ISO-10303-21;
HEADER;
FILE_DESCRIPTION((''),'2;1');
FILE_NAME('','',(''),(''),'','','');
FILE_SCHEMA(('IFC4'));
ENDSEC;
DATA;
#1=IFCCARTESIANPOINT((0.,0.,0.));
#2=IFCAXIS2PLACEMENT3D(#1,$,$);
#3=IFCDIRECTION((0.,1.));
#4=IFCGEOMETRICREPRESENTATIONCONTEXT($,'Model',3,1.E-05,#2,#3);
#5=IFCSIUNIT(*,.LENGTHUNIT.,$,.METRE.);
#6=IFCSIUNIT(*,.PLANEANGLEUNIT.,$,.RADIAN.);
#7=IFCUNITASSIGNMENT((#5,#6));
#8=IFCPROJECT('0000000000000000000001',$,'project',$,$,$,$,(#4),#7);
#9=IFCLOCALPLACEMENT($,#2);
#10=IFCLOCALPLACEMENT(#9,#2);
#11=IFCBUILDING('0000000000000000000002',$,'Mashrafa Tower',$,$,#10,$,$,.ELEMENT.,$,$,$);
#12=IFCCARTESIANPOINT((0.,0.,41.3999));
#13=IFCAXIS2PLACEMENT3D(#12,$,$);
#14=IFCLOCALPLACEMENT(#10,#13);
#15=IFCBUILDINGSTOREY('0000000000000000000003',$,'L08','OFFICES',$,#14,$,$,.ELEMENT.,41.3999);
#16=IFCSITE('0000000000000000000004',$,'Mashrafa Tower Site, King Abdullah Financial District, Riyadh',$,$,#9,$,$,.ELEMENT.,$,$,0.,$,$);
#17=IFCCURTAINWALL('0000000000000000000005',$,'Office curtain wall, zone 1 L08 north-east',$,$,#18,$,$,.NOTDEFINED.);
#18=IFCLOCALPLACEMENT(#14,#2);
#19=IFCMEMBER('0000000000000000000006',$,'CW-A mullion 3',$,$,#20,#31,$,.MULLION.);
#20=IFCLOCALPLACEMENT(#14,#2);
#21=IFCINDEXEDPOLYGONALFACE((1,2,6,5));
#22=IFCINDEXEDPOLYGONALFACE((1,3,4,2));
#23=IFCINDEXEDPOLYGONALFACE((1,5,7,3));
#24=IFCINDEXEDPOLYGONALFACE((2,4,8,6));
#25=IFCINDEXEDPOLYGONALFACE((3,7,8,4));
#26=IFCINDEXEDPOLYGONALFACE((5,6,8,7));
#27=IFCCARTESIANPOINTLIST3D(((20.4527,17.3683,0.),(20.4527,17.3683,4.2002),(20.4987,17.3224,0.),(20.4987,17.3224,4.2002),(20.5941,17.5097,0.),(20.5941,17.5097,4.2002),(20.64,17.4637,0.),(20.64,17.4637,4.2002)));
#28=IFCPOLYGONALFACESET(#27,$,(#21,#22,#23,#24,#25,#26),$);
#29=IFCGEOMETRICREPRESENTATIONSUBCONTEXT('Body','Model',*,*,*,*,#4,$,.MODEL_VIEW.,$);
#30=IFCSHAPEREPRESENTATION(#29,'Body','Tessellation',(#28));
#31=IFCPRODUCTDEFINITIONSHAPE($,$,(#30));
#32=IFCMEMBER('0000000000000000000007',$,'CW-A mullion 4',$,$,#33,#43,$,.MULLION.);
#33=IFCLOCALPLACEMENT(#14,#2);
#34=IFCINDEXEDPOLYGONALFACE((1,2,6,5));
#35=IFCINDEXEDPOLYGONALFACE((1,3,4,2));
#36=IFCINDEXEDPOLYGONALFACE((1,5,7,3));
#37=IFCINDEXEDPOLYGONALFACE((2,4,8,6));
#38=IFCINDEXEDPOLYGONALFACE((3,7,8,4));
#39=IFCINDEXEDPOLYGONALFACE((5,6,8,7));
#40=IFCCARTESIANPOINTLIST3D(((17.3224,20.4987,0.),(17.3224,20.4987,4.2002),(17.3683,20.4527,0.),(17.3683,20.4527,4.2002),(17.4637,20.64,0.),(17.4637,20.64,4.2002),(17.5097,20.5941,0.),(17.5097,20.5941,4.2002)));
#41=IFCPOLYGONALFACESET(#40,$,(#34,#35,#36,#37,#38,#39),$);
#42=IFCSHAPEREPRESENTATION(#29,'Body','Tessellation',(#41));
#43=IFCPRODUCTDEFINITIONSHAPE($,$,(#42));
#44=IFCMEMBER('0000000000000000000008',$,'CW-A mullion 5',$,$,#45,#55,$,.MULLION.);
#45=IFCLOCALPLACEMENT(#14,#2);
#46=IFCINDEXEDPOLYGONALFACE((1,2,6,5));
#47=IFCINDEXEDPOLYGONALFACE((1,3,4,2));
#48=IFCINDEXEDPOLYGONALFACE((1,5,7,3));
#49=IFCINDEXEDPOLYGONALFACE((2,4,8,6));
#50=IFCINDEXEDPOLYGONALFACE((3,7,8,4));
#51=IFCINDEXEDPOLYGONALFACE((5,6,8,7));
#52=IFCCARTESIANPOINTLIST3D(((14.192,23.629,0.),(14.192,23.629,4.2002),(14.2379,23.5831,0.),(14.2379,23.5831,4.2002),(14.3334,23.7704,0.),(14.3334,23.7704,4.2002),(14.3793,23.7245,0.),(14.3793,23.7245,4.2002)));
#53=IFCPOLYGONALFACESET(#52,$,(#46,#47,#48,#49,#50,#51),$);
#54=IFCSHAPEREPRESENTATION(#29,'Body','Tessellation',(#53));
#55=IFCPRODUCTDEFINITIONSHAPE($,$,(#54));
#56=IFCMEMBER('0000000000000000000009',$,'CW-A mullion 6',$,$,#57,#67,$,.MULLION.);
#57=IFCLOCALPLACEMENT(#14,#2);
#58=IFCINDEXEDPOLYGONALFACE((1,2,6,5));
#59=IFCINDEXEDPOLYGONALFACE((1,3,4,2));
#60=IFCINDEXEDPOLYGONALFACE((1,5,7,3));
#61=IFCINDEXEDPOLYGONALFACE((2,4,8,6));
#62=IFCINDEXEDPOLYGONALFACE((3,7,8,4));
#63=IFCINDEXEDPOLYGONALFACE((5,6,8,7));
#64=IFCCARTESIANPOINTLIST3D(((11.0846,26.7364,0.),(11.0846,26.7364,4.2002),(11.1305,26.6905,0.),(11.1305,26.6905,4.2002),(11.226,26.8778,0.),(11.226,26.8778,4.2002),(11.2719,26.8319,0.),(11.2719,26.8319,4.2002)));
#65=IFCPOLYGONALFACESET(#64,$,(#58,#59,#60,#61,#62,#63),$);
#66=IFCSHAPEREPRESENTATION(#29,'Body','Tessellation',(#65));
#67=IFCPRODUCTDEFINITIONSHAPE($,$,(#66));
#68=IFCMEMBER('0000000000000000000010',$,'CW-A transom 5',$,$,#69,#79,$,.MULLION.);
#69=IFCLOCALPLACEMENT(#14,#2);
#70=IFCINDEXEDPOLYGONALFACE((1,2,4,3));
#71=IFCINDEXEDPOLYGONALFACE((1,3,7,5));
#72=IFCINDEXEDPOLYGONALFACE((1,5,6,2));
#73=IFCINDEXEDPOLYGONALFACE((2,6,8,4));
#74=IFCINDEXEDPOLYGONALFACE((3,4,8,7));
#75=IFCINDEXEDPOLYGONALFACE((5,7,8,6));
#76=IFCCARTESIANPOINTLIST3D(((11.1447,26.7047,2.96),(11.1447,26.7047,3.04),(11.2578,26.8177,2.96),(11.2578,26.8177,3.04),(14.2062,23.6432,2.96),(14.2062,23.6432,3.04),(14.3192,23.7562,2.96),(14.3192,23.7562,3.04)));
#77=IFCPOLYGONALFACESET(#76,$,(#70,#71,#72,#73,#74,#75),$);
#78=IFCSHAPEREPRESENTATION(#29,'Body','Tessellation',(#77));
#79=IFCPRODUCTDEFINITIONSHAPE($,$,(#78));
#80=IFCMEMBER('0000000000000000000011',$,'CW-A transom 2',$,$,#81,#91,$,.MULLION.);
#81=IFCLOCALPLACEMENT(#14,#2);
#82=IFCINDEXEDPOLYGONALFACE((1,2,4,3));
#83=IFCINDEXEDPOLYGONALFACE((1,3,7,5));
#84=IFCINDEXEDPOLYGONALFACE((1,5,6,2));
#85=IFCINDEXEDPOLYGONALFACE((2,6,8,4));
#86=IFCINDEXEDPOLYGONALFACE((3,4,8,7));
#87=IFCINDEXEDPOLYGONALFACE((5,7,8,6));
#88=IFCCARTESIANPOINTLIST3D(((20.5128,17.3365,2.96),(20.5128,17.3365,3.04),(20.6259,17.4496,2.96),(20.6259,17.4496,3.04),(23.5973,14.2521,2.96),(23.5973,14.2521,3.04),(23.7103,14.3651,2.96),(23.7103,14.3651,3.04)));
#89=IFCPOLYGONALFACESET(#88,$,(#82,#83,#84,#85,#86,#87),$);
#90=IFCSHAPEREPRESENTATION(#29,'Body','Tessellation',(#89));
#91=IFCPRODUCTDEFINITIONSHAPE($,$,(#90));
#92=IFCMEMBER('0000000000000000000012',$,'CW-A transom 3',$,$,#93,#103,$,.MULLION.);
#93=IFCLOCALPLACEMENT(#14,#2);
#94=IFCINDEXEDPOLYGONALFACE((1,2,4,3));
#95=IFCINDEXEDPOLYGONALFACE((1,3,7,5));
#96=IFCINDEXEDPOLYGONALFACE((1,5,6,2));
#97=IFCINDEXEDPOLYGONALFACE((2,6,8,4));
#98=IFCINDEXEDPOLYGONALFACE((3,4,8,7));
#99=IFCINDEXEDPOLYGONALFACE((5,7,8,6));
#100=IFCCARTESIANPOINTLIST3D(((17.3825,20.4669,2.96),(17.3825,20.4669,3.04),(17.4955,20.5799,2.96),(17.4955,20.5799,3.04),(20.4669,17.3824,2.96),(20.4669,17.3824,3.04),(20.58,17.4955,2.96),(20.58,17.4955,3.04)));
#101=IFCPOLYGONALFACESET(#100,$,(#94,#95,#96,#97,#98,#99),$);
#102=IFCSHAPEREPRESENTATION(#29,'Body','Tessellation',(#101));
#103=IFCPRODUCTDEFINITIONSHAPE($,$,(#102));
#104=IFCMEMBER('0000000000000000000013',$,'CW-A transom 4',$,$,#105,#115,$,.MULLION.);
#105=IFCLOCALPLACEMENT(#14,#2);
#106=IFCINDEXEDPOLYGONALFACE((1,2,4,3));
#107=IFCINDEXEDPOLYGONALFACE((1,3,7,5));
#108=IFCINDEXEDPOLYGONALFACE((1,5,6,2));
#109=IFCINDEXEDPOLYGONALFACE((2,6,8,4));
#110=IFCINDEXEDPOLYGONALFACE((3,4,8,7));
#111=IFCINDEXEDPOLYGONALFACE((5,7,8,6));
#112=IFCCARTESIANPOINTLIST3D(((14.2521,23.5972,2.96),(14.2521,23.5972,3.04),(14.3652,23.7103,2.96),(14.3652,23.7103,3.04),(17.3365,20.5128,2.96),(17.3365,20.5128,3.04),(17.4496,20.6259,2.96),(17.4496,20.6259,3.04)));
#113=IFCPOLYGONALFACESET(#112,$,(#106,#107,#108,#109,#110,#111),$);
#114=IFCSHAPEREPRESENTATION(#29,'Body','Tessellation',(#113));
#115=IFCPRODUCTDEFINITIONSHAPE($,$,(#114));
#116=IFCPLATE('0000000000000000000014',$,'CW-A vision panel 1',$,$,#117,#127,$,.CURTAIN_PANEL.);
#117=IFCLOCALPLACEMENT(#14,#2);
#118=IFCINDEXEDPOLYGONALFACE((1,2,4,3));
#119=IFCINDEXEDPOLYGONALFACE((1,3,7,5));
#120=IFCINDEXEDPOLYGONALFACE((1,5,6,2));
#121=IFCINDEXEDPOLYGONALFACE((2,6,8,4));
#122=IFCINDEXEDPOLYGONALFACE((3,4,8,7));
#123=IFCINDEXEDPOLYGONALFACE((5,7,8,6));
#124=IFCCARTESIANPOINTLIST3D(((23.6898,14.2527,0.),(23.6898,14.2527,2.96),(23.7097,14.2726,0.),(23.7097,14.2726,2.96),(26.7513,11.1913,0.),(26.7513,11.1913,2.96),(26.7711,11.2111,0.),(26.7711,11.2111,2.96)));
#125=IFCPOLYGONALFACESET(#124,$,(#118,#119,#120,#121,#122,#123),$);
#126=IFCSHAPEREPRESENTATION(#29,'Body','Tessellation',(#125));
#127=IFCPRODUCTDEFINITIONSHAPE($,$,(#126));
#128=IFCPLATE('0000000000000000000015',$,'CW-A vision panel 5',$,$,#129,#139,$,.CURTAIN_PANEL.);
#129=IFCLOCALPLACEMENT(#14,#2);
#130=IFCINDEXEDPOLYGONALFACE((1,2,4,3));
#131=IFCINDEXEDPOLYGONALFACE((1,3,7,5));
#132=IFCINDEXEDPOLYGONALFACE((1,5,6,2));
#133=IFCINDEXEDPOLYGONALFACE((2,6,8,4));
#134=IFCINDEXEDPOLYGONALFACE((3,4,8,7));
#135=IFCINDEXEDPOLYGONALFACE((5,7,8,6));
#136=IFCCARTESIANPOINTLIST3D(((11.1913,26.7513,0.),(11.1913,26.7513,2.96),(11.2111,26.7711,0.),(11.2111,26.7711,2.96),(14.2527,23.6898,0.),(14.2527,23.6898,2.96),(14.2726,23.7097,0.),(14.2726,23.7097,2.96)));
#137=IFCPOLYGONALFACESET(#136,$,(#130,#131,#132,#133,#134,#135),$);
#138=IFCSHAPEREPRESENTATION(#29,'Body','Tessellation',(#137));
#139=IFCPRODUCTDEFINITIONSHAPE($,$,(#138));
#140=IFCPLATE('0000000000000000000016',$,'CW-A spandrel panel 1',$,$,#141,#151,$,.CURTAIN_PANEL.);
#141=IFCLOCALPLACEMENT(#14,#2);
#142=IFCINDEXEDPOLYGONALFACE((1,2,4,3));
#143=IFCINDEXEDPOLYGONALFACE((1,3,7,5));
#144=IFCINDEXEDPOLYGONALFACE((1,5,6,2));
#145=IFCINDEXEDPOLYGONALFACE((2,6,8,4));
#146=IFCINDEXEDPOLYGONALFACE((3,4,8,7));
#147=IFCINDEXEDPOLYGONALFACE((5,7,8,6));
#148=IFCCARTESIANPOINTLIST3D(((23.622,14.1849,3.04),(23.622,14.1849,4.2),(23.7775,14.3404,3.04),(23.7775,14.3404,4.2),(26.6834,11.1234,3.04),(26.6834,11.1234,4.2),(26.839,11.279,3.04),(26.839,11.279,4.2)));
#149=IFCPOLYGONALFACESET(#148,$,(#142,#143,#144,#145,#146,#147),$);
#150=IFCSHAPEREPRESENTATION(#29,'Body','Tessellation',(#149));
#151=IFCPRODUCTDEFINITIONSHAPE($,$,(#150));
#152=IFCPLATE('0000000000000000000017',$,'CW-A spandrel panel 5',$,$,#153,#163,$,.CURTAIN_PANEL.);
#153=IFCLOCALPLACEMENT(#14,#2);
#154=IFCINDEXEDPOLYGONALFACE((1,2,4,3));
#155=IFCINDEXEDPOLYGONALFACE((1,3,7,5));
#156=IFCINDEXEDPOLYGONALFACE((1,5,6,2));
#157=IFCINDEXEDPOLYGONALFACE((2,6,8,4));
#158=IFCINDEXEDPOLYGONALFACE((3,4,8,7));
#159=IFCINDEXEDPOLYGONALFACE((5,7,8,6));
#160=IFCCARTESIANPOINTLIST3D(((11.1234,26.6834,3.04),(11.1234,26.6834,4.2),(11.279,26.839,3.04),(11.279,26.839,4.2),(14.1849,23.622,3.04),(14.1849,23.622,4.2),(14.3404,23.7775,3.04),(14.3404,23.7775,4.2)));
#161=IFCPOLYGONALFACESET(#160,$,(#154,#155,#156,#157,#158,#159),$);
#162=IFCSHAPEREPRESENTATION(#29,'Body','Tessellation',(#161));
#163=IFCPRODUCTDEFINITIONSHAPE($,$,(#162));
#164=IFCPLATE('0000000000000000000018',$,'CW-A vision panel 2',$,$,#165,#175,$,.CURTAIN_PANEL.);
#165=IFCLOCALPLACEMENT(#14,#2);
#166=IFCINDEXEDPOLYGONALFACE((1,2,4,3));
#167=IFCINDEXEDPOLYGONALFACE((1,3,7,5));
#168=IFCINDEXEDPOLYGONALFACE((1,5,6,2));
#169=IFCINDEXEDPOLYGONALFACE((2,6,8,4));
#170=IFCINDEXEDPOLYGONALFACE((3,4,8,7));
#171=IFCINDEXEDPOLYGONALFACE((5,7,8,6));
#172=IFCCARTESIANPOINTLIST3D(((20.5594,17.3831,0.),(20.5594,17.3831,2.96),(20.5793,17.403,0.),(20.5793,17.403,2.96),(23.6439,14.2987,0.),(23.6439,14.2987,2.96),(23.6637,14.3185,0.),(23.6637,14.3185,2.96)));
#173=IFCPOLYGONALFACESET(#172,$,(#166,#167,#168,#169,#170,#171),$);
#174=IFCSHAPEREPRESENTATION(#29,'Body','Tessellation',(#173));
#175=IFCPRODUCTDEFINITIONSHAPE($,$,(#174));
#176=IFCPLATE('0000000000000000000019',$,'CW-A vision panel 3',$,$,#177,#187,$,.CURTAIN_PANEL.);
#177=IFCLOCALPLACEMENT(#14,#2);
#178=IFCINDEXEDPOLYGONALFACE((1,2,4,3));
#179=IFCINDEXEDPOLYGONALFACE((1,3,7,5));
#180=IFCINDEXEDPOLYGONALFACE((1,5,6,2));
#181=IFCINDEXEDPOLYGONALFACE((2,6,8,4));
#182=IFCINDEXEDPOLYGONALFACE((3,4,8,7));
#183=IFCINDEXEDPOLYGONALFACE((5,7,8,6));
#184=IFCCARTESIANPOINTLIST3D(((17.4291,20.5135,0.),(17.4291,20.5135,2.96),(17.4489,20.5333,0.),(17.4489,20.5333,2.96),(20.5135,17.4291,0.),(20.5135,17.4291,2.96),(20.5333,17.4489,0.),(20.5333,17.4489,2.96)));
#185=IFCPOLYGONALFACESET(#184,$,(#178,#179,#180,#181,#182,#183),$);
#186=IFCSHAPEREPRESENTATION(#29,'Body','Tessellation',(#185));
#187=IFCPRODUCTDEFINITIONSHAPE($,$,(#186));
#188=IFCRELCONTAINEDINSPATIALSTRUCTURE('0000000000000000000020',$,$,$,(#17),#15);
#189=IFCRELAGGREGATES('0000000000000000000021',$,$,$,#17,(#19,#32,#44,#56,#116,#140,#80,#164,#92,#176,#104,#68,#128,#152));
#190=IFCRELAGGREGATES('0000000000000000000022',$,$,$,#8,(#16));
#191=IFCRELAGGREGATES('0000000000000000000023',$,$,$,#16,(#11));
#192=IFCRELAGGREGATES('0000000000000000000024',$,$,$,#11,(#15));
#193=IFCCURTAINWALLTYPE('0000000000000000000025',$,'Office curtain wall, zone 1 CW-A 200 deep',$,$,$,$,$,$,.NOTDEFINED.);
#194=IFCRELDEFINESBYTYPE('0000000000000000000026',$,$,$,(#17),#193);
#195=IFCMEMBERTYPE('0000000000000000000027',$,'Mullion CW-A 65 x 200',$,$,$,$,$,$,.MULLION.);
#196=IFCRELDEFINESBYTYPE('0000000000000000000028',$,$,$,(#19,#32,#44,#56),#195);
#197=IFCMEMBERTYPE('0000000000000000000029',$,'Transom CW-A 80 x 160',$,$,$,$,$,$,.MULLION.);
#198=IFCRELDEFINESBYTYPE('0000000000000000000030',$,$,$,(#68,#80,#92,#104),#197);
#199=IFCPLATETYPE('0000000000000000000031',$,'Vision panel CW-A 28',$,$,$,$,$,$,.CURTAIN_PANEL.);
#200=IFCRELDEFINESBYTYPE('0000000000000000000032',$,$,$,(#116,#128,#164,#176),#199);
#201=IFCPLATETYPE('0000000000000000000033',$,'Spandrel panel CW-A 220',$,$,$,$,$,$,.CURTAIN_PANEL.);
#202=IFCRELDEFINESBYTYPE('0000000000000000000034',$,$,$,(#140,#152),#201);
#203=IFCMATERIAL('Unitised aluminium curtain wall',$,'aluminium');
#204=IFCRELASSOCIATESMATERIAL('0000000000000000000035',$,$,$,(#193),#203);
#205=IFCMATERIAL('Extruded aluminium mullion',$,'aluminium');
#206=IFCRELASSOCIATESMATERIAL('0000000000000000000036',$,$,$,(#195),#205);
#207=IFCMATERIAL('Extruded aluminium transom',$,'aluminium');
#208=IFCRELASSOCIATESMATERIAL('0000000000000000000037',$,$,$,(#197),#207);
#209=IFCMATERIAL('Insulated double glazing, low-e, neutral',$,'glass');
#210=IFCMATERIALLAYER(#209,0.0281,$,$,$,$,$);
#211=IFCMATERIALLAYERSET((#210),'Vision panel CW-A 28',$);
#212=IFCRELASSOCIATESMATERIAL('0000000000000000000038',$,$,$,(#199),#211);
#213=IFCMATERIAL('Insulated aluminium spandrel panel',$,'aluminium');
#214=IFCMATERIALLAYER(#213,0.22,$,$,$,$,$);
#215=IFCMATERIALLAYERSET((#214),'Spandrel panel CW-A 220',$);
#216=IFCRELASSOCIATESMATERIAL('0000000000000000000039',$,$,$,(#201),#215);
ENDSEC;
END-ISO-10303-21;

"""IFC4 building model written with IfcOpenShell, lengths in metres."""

from ifc_helpers import new_model, si_unit, direction, frame, origin, origin_2d, place, context, subcontext, project, spatial, rectangle, extrude, source, transform, mapped, material, layer, layer_set, material_profile, profile_set, type_object, type_shapes, element, aggregate, save


model = new_model("IFC4")

# Units and contexts
model_context = context("Model", 3, precision=1e-05, world=origin(), true_north=direction((0.0, 1.0)))
body_context = subcontext(model_context, "Body", "Model", "MODEL_VIEW")
ifc_project = project(units=[si_unit("LENGTHUNIT", "METRE"), si_unit("PLANEANGLEUNIT", "RADIAN")], contexts=[model_context])

# Site, building, storey
site_placement = place(None, origin())
site = spatial("IfcSite", under=ifc_project, at=site_placement, Name="Mashrafa Tower Site, King Abdullah Financial District, Riyadh", CompositionType="ELEMENT", RefElevation=0.0)
building_placement = place(site_placement, origin())
building = spatial("IfcBuilding", under=site, at=building_placement, Name="Mashrafa Tower", CompositionType="ELEMENT")
storey_placement = place(building_placement, frame((0.0, 0.0, 41.3999)))
storey = spatial("IfcBuildingStorey", under=building, at=storey_placement, Name="L08", Description="OFFICES", CompositionType="ELEMENT", Elevation=41.3999)

# Curtain wall, members, plates
ifc_material_1 = material(Name="Unitised aluminium curtain wall", Category="aluminium")
curtain_wall_type = type_object("IfcCurtainWallType", Name="Office curtain wall, zone 1 CW-A 200 deep", PredefinedType="NOTDEFINED", material=ifc_material_1)
curtain_wall_placement = place(storey_placement, origin())
curtain_wall = element("IfcCurtainWall", 1, at=curtain_wall_placement, inside=storey, type_object=curtain_wall_type, Name="Office curtain wall, zone 1 L08 north-east", PredefinedType="NOTDEFINED")
ifc_material_2 = material(Name="Extruded aluminium mullion", Category="aluminium")
ifc_material_profile_1 = material_profile(ifc_material_2, rectangle(XDim=0.2, YDim=0.0649, at=origin_2d()), Name="Mullion 65x200")
ifc_profile_set_1 = profile_set([ifc_material_profile_1], Name="Extruded aluminium mullion")
member_type_1 = type_object("IfcMemberType", Name="Mullion CW-A 65 x 200", PredefinedType="MULLION", material=ifc_profile_set_1)
shared_shape_1 = source(origin(), body_context, "Body", "SweptSolid", [
    extrude(rectangle(XDim=0.2, YDim=0.0649, at=origin_2d()), origin(), (0.0, 0.0, 1.0), 4.2002),
])
type_shapes(member_type_1, [shared_shape_1])
member_1_placement = place(storey_placement, frame((20.5464, 17.416, 0.0), z_axis=(0.0, 0.0, 1.0), x_axis=(-0.707107, -0.707107, 0.0)))
member_1 = element("IfcMember", 2, at=member_1_placement, type_object=member_type_1, Name="CW-A mullion 3", PredefinedType="MULLION", context=body_context, shape_type="MappedRepresentation", body=[
    mapped(shared_shape_1, transform((0.0, 0.0, 0.0))),
])
member_2_placement = place(storey_placement, frame((17.416, 20.5464, 0.0), z_axis=(0.0, 0.0, 1.0), x_axis=(-0.707107, -0.707107, 0.0)))
member_2 = element("IfcMember", 3, at=member_2_placement, type_object=member_type_1, Name="CW-A mullion 4", PredefinedType="MULLION", context=body_context, shape_type="MappedRepresentation", body=[
    mapped(shared_shape_1, transform((0.0, 0.0, 0.0))),
])
member_3_placement = place(storey_placement, frame((14.2856, 23.6768, 0.0), z_axis=(0.0, 0.0, 1.0), x_axis=(-0.707107, -0.707107, 0.0)))
member_3 = element("IfcMember", 4, at=member_3_placement, type_object=member_type_1, Name="CW-A mullion 5", PredefinedType="MULLION", context=body_context, shape_type="MappedRepresentation", body=[
    mapped(shared_shape_1, transform((0.0, 0.0, 0.0))),
])
member_4_placement = place(storey_placement, frame((11.1782, 26.7842, 0.0), z_axis=(0.0, 0.0, 1.0), x_axis=(-0.707107, -0.707107, 0.0)))
member_4 = element("IfcMember", 5, at=member_4_placement, type_object=member_type_1, Name="CW-A mullion 6", PredefinedType="MULLION", context=body_context, shape_type="MappedRepresentation", body=[
    mapped(shared_shape_1, transform((0.0, 0.0, 0.0))),
])
ifc_material_3 = material(Name="Extruded aluminium transom", Category="aluminium")
ifc_material_profile_2 = material_profile(ifc_material_3, rectangle(XDim=0.1599, YDim=0.0801, at=origin_2d()), Name="Transom 80x160")
ifc_profile_set_2 = profile_set([ifc_material_profile_2], Name="Extruded aluminium transom")
member_type_2 = type_object("IfcMemberType", Name="Transom CW-A 80 x 160", PredefinedType="MULLION", material=ifc_profile_set_2)
shared_shape_2 = source(origin(), body_context, "Body", "SweptSolid", [
    extrude(rectangle(XDim=0.1599, YDim=0.0801, at=origin_2d()), origin(), (0.0, 0.0, 1.0), 4.3296),
])
member_5_placement = place(storey_placement, frame((14.2627, 23.6997, 3.0), z_axis=(-0.707107, 0.707107, 0.0), x_axis=(-0.707107, -0.707107, 0.0)))
member_5 = element("IfcMember", 6, at=member_5_placement, type_object=member_type_2, Name="CW-A transom 5", PredefinedType="MULLION", context=body_context, shape_type="MappedRepresentation", body=[
    mapped(shared_shape_2, transform((0.0, 0.0, 0.0))),
])
shared_shape_3 = source(origin(), body_context, "Body", "SweptSolid", [
    extrude(rectangle(XDim=0.1599, YDim=0.0801, at=origin_2d()), origin(), (0.0, 0.0, 1.0), 4.3621),
])
type_shapes(member_type_2, [shared_shape_2, shared_shape_3])
member_6_placement = place(storey_placement, frame((23.6538, 14.3086, 3.0), z_axis=(-0.707107, 0.707107, 0.0), x_axis=(-0.707107, -0.707107, 0.0)))
member_6 = element("IfcMember", 7, at=member_6_placement, type_object=member_type_2, Name="CW-A transom 2", PredefinedType="MULLION", context=body_context, shape_type="MappedRepresentation", body=[
    mapped(shared_shape_3, transform((0.0, 0.0, 0.0))),
])
member_7_placement = place(storey_placement, frame((20.5234, 17.439, 3.0), z_axis=(-0.707107, 0.707107, 0.0), x_axis=(-0.707107, -0.707107, 0.0)))
member_7 = element("IfcMember", 8, at=member_7_placement, type_object=member_type_2, Name="CW-A transom 3", PredefinedType="MULLION", context=body_context, shape_type="MappedRepresentation", body=[
    mapped(shared_shape_3, transform((0.0, 0.0, 0.0))),
])
member_8_placement = place(storey_placement, frame((17.3931, 20.5693, 3.0), z_axis=(-0.707107, 0.707107, 0.0), x_axis=(-0.707107, -0.707107, 0.0)))
member_8 = element("IfcMember", 9, at=member_8_placement, type_object=member_type_2, Name="CW-A transom 4", PredefinedType="MULLION", context=body_context, shape_type="MappedRepresentation", body=[
    mapped(shared_shape_3, transform((0.0, 0.0, 0.0))),
])
ifc_material_4 = material(Name="Insulated double glazing, low-e, neutral", Category="glass")
ifc_layer_1 = layer(ifc_material_4, 0.0281)
ifc_layer_set_1 = layer_set([ifc_layer_1], Name="Vision panel CW-A 28")
plate_type_1 = type_object("IfcPlateType", Name="Vision panel CW-A 28", PredefinedType="CURTAIN_PANEL", material=ifc_layer_set_1)
shared_shape_4 = source(origin(), body_context, "Body", "SweptSolid", [
    extrude(rectangle(XDim=4.3296, YDim=0.0281, at=origin_2d()), origin(), (0.0, 0.0, 1.0), 2.96),
])
plate_1_placement = place(storey_placement, frame((25.2305, 12.7319, 0.0), z_axis=(0.0, 0.0, 1.0), x_axis=(-0.707107, 0.707107, 0.0)))
plate_1 = element("IfcPlate", 10, at=plate_1_placement, type_object=plate_type_1, Name="CW-A vision panel 1", PredefinedType="CURTAIN_PANEL", context=body_context, shape_type="MappedRepresentation", body=[
    mapped(shared_shape_4, transform((0.0, 0.0, 0.0))),
])
plate_2_placement = place(storey_placement, frame((12.7319, 25.2305, 0.0), z_axis=(0.0, 0.0, 1.0), x_axis=(-0.707107, 0.707107, 0.0)))
plate_2 = element("IfcPlate", 11, at=plate_2_placement, type_object=plate_type_1, Name="CW-A vision panel 5", PredefinedType="CURTAIN_PANEL", context=body_context, shape_type="MappedRepresentation", body=[
    mapped(shared_shape_4, transform((0.0, 0.0, 0.0))),
])
ifc_material_5 = material(Name="Insulated aluminium spandrel panel", Category="aluminium")
ifc_layer_2 = layer(ifc_material_5, 0.22)
ifc_layer_set_2 = layer_set([ifc_layer_2], Name="Spandrel panel CW-A 220")
plate_type_2 = type_object("IfcPlateType", Name="Spandrel panel CW-A 220", PredefinedType="CURTAIN_PANEL", material=ifc_layer_set_2)
shared_shape_5 = source(origin(), body_context, "Body", "SweptSolid", [
    extrude(rectangle(XDim=4.3296, YDim=0.22, at=origin_2d()), origin(), (0.0, 0.0, 1.0), 1.1599),
])
plate_3_placement = place(storey_placement, frame((25.2305, 12.7319, 3.04), z_axis=(0.0, 0.0, 1.0), x_axis=(-0.707107, 0.707107, 0.0)))
plate_3 = element("IfcPlate", 12, at=plate_3_placement, type_object=plate_type_2, Name="CW-A spandrel panel 1", PredefinedType="CURTAIN_PANEL", context=body_context, shape_type="MappedRepresentation", body=[
    mapped(shared_shape_5, transform((0.0, 0.0, 0.0))),
])
plate_4_placement = place(storey_placement, frame((12.7319, 25.2305, 3.04), z_axis=(0.0, 0.0, 1.0), x_axis=(-0.707107, 0.707107, 0.0)))
plate_4 = element("IfcPlate", 13, at=plate_4_placement, type_object=plate_type_2, Name="CW-A spandrel panel 5", PredefinedType="CURTAIN_PANEL", context=body_context, shape_type="MappedRepresentation", body=[
    mapped(shared_shape_5, transform((0.0, 0.0, 0.0))),
])
shared_shape_6 = source(origin(), body_context, "Body", "SweptSolid", [
    extrude(rectangle(XDim=4.3621, YDim=0.0281, at=origin_2d()), origin(), (0.0, 0.0, 1.0), 2.96),
])
type_shapes(plate_type_1, [shared_shape_4, shared_shape_6])
plate_5_placement = place(storey_placement, frame((22.1116, 15.8508, 0.0), z_axis=(0.0, 0.0, 1.0), x_axis=(-0.707107, 0.707107, 0.0)))
plate_5 = element("IfcPlate", 14, at=plate_5_placement, type_object=plate_type_1, Name="CW-A vision panel 2", PredefinedType="CURTAIN_PANEL", context=body_context, shape_type="MappedRepresentation", body=[
    mapped(shared_shape_6, transform((0.0, 0.0, 0.0))),
])
plate_6_placement = place(storey_placement, frame((18.9812, 18.9812, 0.0), z_axis=(0.0, 0.0, 1.0), x_axis=(-0.707107, 0.707107, 0.0)))
plate_6 = element("IfcPlate", 15, at=plate_6_placement, type_object=plate_type_1, Name="CW-A vision panel 3", PredefinedType="CURTAIN_PANEL", context=body_context, shape_type="MappedRepresentation", body=[
    mapped(shared_shape_6, transform((0.0, 0.0, 0.0))),
])
aggregate(curtain_wall, [member_1, member_2, member_3, member_4, plate_1, plate_3, member_6, plate_5, member_7, plate_6, member_8, member_5, plate_2, plate_4])

save(model, "model.ifc")
